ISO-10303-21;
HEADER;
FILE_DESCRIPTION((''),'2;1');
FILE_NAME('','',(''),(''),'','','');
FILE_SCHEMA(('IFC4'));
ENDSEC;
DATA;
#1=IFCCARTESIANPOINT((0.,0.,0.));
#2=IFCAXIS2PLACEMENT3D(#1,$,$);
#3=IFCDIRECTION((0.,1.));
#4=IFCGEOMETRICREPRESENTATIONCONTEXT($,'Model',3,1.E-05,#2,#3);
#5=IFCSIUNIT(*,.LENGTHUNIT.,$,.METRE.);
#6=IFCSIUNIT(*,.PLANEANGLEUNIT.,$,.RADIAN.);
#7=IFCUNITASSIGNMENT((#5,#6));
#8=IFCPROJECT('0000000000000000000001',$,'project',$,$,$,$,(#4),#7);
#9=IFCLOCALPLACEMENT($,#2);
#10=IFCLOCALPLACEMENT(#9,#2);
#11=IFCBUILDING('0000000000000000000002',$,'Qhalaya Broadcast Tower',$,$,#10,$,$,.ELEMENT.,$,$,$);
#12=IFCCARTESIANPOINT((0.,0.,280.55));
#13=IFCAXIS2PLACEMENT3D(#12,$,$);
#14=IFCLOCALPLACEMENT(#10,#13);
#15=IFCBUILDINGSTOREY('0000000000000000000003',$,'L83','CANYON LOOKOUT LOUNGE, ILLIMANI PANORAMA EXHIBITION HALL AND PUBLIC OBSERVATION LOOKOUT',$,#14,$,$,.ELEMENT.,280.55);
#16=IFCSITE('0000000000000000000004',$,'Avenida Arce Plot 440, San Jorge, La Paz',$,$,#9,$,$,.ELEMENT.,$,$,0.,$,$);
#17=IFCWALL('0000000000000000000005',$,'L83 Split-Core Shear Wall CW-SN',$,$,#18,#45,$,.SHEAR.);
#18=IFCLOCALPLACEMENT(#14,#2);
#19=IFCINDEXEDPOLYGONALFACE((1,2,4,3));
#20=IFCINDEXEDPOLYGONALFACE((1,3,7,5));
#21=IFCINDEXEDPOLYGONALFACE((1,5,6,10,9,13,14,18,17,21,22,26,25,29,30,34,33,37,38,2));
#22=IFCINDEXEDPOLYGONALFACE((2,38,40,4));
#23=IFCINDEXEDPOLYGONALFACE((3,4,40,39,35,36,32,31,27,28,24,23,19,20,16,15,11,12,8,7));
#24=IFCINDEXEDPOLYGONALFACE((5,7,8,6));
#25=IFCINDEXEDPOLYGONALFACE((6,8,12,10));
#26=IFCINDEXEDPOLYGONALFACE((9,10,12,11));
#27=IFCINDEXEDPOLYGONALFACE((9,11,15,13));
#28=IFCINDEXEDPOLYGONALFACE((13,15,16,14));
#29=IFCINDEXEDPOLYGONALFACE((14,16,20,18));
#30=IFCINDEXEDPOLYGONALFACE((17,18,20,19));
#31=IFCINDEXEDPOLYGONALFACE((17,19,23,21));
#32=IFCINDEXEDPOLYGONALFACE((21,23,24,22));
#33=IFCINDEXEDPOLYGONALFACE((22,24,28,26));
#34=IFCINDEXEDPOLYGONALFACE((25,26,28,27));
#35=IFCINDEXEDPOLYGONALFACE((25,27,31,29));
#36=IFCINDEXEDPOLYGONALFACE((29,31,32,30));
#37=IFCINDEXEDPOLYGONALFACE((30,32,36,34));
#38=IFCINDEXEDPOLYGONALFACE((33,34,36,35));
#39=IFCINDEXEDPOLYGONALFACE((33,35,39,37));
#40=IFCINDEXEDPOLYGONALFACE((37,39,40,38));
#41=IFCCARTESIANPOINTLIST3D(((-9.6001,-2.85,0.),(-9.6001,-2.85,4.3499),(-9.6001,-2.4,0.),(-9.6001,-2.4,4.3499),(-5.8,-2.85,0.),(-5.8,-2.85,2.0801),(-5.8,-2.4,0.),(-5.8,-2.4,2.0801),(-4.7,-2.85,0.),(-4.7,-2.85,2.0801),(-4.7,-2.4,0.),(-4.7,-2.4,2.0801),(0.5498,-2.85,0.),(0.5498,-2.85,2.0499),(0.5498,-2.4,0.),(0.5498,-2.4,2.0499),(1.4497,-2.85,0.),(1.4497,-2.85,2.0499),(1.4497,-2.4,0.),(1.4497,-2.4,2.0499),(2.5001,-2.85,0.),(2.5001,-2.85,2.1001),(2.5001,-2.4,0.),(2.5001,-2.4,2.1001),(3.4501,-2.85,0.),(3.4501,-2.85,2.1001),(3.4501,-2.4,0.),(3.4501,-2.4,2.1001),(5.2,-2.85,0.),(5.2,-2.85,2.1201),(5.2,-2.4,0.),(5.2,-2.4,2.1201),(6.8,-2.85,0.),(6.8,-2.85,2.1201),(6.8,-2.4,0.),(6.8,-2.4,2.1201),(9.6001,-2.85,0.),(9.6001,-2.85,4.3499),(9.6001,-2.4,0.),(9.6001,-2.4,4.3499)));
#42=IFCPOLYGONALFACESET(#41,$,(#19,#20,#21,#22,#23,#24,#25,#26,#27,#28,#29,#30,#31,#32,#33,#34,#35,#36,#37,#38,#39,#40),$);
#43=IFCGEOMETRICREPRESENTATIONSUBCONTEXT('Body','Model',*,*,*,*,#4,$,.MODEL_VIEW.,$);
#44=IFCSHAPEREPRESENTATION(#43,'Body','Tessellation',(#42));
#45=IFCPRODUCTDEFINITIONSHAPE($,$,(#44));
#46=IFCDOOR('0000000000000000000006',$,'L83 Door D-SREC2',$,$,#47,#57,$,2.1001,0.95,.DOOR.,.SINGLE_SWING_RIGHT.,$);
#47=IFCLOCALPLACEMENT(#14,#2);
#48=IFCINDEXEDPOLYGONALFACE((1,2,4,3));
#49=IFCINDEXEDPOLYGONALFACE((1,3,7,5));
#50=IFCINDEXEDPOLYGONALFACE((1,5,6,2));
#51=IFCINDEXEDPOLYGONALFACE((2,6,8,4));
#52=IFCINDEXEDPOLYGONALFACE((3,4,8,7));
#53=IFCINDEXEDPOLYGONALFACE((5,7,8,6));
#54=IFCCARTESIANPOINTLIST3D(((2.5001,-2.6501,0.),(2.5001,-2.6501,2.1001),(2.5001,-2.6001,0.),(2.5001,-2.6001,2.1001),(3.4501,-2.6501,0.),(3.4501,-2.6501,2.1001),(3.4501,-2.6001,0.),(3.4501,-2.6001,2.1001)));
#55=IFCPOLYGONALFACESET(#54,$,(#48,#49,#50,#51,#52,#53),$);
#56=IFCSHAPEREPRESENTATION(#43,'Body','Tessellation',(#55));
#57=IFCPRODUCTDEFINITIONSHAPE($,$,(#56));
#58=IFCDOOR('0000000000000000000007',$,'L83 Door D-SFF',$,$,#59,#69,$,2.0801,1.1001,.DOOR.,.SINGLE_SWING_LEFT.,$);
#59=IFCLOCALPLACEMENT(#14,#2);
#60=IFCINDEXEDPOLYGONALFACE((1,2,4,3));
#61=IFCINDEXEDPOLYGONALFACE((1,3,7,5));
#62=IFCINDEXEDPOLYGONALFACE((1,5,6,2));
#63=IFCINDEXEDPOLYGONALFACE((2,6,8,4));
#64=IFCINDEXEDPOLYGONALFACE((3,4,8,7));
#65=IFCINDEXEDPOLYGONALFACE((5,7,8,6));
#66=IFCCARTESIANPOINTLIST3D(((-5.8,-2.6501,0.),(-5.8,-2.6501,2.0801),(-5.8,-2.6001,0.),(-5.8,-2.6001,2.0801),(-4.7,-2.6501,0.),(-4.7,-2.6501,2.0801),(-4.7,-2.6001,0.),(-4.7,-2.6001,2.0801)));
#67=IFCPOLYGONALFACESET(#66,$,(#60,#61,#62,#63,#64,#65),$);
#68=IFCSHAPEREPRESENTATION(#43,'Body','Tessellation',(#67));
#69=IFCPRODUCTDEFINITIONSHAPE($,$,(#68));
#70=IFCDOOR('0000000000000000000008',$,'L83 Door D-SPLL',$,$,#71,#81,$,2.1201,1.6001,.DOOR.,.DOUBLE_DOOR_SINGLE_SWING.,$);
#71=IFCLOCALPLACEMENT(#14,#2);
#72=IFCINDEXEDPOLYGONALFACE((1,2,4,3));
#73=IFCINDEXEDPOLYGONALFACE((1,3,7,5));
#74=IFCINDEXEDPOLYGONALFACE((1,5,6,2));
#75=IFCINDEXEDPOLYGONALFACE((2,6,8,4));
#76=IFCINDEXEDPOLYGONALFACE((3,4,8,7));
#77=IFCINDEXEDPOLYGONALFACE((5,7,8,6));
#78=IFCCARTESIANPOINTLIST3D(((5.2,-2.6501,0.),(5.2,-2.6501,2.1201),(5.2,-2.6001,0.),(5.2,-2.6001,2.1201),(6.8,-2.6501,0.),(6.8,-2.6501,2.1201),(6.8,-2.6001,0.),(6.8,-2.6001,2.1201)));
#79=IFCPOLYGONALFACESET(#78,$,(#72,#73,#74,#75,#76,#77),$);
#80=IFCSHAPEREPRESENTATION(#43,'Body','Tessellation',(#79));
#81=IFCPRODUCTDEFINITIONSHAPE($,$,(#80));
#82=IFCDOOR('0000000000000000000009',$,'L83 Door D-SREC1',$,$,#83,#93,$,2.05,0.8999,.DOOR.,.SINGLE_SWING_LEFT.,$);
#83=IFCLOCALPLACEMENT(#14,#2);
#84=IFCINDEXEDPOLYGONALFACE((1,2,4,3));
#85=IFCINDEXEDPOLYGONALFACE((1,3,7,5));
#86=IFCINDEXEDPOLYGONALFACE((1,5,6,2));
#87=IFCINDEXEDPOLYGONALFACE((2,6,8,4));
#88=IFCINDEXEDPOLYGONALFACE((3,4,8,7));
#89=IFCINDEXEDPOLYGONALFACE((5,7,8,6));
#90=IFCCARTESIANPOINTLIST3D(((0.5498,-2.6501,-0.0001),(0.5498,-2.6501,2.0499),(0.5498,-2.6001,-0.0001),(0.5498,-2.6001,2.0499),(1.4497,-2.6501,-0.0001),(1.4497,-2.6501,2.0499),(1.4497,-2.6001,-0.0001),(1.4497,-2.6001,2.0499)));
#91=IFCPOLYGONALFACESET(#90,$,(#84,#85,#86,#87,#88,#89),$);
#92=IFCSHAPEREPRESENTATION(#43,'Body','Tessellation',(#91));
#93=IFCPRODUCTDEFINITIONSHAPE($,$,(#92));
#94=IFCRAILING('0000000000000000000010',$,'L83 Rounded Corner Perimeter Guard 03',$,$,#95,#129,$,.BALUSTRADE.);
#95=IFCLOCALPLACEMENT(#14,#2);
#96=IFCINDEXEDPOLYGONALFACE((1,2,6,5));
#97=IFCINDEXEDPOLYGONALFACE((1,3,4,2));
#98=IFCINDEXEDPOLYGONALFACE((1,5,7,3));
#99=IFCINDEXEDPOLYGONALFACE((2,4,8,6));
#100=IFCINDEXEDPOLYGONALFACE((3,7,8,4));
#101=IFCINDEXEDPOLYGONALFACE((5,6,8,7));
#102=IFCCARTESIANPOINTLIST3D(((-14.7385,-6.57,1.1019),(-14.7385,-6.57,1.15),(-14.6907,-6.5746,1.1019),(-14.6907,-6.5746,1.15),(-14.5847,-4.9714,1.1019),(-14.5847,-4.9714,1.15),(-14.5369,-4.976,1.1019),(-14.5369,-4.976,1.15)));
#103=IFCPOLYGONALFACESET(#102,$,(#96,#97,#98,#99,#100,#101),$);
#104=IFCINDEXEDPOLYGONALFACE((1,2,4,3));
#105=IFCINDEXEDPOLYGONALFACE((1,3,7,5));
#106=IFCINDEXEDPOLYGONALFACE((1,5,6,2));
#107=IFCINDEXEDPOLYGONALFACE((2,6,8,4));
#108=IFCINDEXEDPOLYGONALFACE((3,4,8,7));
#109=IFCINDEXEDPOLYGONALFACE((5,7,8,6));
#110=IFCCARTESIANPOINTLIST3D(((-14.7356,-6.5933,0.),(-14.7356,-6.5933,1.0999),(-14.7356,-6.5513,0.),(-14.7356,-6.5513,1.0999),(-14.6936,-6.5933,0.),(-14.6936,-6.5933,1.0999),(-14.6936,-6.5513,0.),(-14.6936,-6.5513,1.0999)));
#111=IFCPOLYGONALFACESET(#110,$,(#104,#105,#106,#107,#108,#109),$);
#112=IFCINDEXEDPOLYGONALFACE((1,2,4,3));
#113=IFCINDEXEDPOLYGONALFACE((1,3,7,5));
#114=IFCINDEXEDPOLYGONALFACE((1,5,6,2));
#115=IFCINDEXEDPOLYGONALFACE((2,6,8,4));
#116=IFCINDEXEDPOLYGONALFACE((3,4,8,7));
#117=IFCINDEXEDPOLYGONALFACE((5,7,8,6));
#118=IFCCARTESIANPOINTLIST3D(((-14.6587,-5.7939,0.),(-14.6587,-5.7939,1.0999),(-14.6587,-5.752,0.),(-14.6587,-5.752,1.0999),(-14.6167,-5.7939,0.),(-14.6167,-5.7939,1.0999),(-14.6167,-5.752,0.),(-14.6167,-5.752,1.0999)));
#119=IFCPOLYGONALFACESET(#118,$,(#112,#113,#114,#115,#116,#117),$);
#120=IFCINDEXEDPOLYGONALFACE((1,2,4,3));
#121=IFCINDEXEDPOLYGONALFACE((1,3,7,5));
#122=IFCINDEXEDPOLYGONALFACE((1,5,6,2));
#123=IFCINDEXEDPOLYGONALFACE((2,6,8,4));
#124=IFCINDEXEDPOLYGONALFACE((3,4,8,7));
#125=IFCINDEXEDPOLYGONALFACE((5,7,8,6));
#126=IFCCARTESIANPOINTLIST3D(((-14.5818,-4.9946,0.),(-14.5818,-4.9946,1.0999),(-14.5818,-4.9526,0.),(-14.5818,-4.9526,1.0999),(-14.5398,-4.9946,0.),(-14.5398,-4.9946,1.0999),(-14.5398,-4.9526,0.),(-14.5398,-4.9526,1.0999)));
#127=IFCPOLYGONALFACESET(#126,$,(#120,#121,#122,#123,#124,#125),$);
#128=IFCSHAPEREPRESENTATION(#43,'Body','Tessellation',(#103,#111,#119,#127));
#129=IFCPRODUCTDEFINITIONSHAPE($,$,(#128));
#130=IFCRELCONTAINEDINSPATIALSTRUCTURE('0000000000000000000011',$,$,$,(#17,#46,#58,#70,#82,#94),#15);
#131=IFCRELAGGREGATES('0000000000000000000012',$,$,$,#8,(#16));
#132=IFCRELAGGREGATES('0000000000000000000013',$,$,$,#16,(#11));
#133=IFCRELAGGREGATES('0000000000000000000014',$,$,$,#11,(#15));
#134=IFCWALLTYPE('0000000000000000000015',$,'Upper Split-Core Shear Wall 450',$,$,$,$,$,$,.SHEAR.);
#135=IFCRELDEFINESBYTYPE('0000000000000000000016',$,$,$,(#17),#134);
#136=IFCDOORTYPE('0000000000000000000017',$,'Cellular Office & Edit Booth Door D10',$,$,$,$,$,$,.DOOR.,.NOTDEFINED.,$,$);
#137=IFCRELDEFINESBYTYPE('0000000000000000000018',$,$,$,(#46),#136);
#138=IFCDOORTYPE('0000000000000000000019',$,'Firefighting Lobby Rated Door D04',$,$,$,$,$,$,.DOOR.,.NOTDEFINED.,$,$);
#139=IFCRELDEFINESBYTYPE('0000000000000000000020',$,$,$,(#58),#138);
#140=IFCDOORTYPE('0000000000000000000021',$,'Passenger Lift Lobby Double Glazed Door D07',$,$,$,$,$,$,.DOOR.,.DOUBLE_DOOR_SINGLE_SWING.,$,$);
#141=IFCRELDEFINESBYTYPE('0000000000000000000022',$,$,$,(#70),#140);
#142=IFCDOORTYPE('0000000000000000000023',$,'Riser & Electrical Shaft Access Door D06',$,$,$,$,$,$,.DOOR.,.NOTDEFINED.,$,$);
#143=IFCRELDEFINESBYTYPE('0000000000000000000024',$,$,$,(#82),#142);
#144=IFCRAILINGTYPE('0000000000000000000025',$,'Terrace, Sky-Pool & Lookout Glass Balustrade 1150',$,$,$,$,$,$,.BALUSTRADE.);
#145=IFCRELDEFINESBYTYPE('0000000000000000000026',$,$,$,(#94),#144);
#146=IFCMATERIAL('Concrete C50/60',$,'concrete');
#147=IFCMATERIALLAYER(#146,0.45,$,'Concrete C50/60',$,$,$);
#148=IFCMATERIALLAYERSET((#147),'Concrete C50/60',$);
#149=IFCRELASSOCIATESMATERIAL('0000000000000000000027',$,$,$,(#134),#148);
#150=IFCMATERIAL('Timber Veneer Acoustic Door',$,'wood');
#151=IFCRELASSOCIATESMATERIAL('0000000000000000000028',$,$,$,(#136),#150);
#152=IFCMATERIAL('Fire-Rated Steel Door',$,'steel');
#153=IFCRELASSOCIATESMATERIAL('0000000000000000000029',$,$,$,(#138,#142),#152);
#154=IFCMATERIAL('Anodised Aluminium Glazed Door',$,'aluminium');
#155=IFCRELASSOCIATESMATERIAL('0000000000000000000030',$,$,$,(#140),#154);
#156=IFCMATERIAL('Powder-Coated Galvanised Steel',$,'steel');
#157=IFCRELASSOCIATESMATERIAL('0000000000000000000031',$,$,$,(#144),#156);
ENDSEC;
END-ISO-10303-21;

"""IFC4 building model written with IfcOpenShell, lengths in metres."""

from ifc_helpers import new_model, si_unit, direction, frame, frame_2d, origin, origin_2d, place, context, subcontext, project, spatial, rectangle, extrude, material, layer, layer_set, type_object, element, fill, save


model = new_model("IFC4")

# Units and contexts
model_context = context("Model", 3, precision=1e-05, world=origin(), true_north=direction((0.0, 1.0)))
body_context = subcontext(model_context, "Body", "Model", "MODEL_VIEW")
ifc_project = project(units=[si_unit("LENGTHUNIT", "METRE"), si_unit("PLANEANGLEUNIT", "RADIAN")], contexts=[model_context])

# Site, building, storey
site_placement = place(None, origin())
site = spatial("IfcSite", under=ifc_project, at=site_placement, Name="Avenida Arce Plot 440, San Jorge, La Paz", CompositionType="ELEMENT", RefElevation=0.0)
building_placement = place(site_placement, origin())
building = spatial("IfcBuilding", under=site, at=building_placement, Name="Qhalaya Broadcast Tower", CompositionType="ELEMENT")
storey_placement = place(building_placement, frame((0.0, 0.0, 280.55)))
storey = spatial("IfcBuildingStorey", under=building, at=storey_placement, Name="L83", Description="CANYON LOOKOUT LOUNGE, ILLIMANI PANORAMA EXHIBITION HALL AND PUBLIC OBSERVATION LOOKOUT", CompositionType="ELEMENT", Elevation=280.55)

# Shared definitions
ifc_material_1 = material(Name="Anodised Aluminium Glazed Door", Category="aluminium")

# Shared definitions
ifc_material_2 = material(Name="Concrete C50/60", Category="concrete")
ifc_layer_1 = layer(ifc_material_2, 0.45, Name="Concrete C50/60")
ifc_layer_set_1 = layer_set([ifc_layer_1], Name="Concrete C50/60")
wall_type_1 = type_object("IfcWallType", Name="Upper Split-Core Shear Wall 450", PredefinedType="SHEAR", material=ifc_layer_set_1)

# Wall, openings, doors
wall_1_placement = place(storey_placement, frame((-9.6001, -2.625, 0.0), z_axis=(0.0, 0.0, 1.0), x_axis=(1.0, 0.0, 0.0)))
wall_1 = element("IfcWall", 1, at=wall_1_placement, inside=storey, type_object=wall_type_1, Name="L83 Split-Core Shear Wall CW-SN", PredefinedType="SHEAR", context=body_context, shape_type="SweptSolid", body=[
    extrude(rectangle(XDim=19.2002, YDim=0.45, at=frame_2d((9.6001, 0.0))), origin(), (0.0, 0.0, 1.0), 4.3499),
])
opening_1_placement = place(wall_1_placement, frame((3.8, 0.0, 0.0)))
opening_1 = element("IfcOpeningElement", 2, at=opening_1_placement, cuts=wall_1, PredefinedType="OPENING", context=body_context, shape_type="SweptSolid", body=[
    extrude(rectangle(XDim=1.1001, YDim=2.0801, at=frame_2d((0.55, 1.04))), frame((0.0, 0.2371, 0.0), z_axis=(0.0, -1.0, 0.0), x_axis=(1.0, 0.0, 0.0)), (0.0, 0.0, 1.0), 0.4739),
])
opening_2_placement = place(wall_1_placement, frame((10.1499, 0.0, 0.0)))
opening_2 = element("IfcOpeningElement", 3, at=opening_2_placement, cuts=wall_1, PredefinedType="OPENING", context=body_context, shape_type="SweptSolid", body=[
    extrude(rectangle(XDim=0.8999, YDim=2.05, at=frame_2d((0.45, 1.0249))), frame((0.0, 0.2371, 0.0), z_axis=(0.0, -1.0, 0.0), x_axis=(1.0, 0.0, 0.0)), (0.0, 0.0, 1.0), 0.4739),
])
opening_3_placement = place(wall_1_placement, frame((12.1001, 0.0, 0.0)))
opening_3 = element("IfcOpeningElement", 4, at=opening_3_placement, cuts=wall_1, PredefinedType="OPENING", context=body_context, shape_type="SweptSolid", body=[
    extrude(rectangle(XDim=0.95, YDim=2.1001, at=frame_2d((0.4751, 1.05))), frame((0.0, 0.2371, 0.0), z_axis=(0.0, -1.0, 0.0), x_axis=(1.0, 0.0, 0.0)), (0.0, 0.0, 1.0), 0.4739),
])
opening_4_placement = place(wall_1_placement, frame((14.8, 0.0, 0.0)))
opening_4 = element("IfcOpeningElement", 5, at=opening_4_placement, cuts=wall_1, PredefinedType="OPENING", context=body_context, shape_type="SweptSolid", body=[
    extrude(rectangle(XDim=1.6001, YDim=2.1201, at=frame_2d((0.8, 1.0601))), frame((0.0, 0.2371, 0.0), z_axis=(0.0, -1.0, 0.0), x_axis=(1.0, 0.0, 0.0)), (0.0, 0.0, 1.0), 0.4739),
])
ifc_material_3 = material(Name="Timber Veneer Acoustic Door", Category="wood")
door_type_1 = type_object("IfcDoorType", Name="Cellular Office & Edit Booth Door D10", OperationType="NOTDEFINED", PredefinedType="DOOR", material=ifc_material_3)
door_1_placement = place(opening_3_placement, origin())
door_1 = element("IfcDoor", 6, at=door_1_placement, inside=storey, type_object=door_type_1, Name="L83 Door D-SREC2", OperationType="SINGLE_SWING_RIGHT", OverallHeight=2.1001, OverallWidth=0.95, PredefinedType="DOOR", context=body_context, shape_type="SweptSolid", body=[
    extrude(rectangle(XDim=0.95, YDim=2.1001, at=frame_2d((0.4751, 1.05))), frame((0.0, 0.0249, 0.0), z_axis=(0.0, -1.0, 0.0), x_axis=(1.0, 0.0, 0.0)), (0.0, 0.0, 1.0), 0.05),
])
fill(opening_3, door_1)
ifc_material_4 = material(Name="Fire-Rated Steel Door", Category="steel")
door_type_2 = type_object("IfcDoorType", Name="Firefighting Lobby Rated Door D04", OperationType="NOTDEFINED", PredefinedType="DOOR", material=ifc_material_4)
door_2_placement = place(opening_1_placement, origin())
door_2 = element("IfcDoor", 7, at=door_2_placement, inside=storey, type_object=door_type_2, Name="L83 Door D-SFF", OperationType="SINGLE_SWING_LEFT", OverallHeight=2.0801, OverallWidth=1.1001, PredefinedType="DOOR", context=body_context, shape_type="SweptSolid", body=[
    extrude(rectangle(XDim=1.1001, YDim=2.0801, at=frame_2d((0.55, 1.04))), frame((0.0, 0.0249, 0.0), z_axis=(0.0, -1.0, 0.0), x_axis=(1.0, 0.0, 0.0)), (0.0, 0.0, 1.0), 0.05),
])
fill(opening_1, door_2)
door_type_3 = type_object("IfcDoorType", Name="Passenger Lift Lobby Double Glazed Door D07", OperationType="DOUBLE_DOOR_SINGLE_SWING", PredefinedType="DOOR", material=ifc_material_1)
door_3_placement = place(opening_4_placement, origin())
door_3 = element("IfcDoor", 8, at=door_3_placement, inside=storey, type_object=door_type_3, Name="L83 Door D-SPLL", OperationType="DOUBLE_DOOR_SINGLE_SWING", OverallHeight=2.1201, OverallWidth=1.6001, PredefinedType="DOOR", context=body_context, shape_type="SweptSolid", body=[
    extrude(rectangle(XDim=1.6001, YDim=2.1201, at=frame_2d((0.8, 1.0601))), frame((0.0, 0.0249, 0.0), z_axis=(0.0, -1.0, 0.0), x_axis=(1.0, 0.0, 0.0)), (0.0, 0.0, 1.0), 0.05),
])
fill(opening_4, door_3)
door_type_4 = type_object("IfcDoorType", Name="Riser & Electrical Shaft Access Door D06", OperationType="NOTDEFINED", PredefinedType="DOOR", material=ifc_material_4)
door_4_placement = place(opening_2_placement, origin())
door_4 = element("IfcDoor", 9, at=door_4_placement, inside=storey, type_object=door_type_4, Name="L83 Door D-SREC1", OperationType="SINGLE_SWING_LEFT", OverallHeight=2.05, OverallWidth=0.8999, PredefinedType="DOOR", context=body_context, shape_type="SweptSolid", body=[
    extrude(rectangle(XDim=0.8999, YDim=2.05, at=frame_2d((0.45, 1.0249))), frame((0.0, 0.0249, 0.0), z_axis=(0.0, -1.0, 0.0), x_axis=(1.0, 0.0, 0.0)), (0.0, 0.0, 1.0), 0.05),
])
fill(opening_2, door_4)

# Railing
ifc_material_5 = material(Name="Powder-Coated Galvanised Steel", Category="steel")
railing_type = type_object("IfcRailingType", Name="Terrace, Sky-Pool & Lookout Glass Balustrade 1150", PredefinedType="BALUSTRADE", material=ifc_material_5)
railing_placement = place(storey_placement, frame((-14.7146, -6.5723, 0.0)))
element("IfcRailing", 10, at=railing_placement, inside=storey, type_object=railing_type, Name="L83 Rounded Corner Perimeter Guard 03", PredefinedType="BALUSTRADE", context=body_context, shape_type="SweptSolid", body=[
    extrude(rectangle(XDim=0.0481, YDim=0.0481, at=origin_2d()), frame((0.0, 0.0, 1.126), z_axis=(0.09577, 0.995403, 0.0), x_axis=(-0.995403, 0.09577, 0.0)), (0.0, 0.0, 1.0), 1.606),
    extrude(rectangle(XDim=0.042, YDim=0.042, at=origin_2d()), origin(), (0.0, 0.0, 1.0), 1.0999),
    extrude(rectangle(XDim=0.042, YDim=0.042, at=origin_2d()), frame((0.0769, 0.7993, 0.0)), (0.0, 0.0, 1.0), 1.0999),
    extrude(rectangle(XDim=0.042, YDim=0.042, at=origin_2d()), frame((0.1538, 1.5986, 0.0)), (0.0, 0.0, 1.0), 1.0999),
])

save(model, "model.ifc")
